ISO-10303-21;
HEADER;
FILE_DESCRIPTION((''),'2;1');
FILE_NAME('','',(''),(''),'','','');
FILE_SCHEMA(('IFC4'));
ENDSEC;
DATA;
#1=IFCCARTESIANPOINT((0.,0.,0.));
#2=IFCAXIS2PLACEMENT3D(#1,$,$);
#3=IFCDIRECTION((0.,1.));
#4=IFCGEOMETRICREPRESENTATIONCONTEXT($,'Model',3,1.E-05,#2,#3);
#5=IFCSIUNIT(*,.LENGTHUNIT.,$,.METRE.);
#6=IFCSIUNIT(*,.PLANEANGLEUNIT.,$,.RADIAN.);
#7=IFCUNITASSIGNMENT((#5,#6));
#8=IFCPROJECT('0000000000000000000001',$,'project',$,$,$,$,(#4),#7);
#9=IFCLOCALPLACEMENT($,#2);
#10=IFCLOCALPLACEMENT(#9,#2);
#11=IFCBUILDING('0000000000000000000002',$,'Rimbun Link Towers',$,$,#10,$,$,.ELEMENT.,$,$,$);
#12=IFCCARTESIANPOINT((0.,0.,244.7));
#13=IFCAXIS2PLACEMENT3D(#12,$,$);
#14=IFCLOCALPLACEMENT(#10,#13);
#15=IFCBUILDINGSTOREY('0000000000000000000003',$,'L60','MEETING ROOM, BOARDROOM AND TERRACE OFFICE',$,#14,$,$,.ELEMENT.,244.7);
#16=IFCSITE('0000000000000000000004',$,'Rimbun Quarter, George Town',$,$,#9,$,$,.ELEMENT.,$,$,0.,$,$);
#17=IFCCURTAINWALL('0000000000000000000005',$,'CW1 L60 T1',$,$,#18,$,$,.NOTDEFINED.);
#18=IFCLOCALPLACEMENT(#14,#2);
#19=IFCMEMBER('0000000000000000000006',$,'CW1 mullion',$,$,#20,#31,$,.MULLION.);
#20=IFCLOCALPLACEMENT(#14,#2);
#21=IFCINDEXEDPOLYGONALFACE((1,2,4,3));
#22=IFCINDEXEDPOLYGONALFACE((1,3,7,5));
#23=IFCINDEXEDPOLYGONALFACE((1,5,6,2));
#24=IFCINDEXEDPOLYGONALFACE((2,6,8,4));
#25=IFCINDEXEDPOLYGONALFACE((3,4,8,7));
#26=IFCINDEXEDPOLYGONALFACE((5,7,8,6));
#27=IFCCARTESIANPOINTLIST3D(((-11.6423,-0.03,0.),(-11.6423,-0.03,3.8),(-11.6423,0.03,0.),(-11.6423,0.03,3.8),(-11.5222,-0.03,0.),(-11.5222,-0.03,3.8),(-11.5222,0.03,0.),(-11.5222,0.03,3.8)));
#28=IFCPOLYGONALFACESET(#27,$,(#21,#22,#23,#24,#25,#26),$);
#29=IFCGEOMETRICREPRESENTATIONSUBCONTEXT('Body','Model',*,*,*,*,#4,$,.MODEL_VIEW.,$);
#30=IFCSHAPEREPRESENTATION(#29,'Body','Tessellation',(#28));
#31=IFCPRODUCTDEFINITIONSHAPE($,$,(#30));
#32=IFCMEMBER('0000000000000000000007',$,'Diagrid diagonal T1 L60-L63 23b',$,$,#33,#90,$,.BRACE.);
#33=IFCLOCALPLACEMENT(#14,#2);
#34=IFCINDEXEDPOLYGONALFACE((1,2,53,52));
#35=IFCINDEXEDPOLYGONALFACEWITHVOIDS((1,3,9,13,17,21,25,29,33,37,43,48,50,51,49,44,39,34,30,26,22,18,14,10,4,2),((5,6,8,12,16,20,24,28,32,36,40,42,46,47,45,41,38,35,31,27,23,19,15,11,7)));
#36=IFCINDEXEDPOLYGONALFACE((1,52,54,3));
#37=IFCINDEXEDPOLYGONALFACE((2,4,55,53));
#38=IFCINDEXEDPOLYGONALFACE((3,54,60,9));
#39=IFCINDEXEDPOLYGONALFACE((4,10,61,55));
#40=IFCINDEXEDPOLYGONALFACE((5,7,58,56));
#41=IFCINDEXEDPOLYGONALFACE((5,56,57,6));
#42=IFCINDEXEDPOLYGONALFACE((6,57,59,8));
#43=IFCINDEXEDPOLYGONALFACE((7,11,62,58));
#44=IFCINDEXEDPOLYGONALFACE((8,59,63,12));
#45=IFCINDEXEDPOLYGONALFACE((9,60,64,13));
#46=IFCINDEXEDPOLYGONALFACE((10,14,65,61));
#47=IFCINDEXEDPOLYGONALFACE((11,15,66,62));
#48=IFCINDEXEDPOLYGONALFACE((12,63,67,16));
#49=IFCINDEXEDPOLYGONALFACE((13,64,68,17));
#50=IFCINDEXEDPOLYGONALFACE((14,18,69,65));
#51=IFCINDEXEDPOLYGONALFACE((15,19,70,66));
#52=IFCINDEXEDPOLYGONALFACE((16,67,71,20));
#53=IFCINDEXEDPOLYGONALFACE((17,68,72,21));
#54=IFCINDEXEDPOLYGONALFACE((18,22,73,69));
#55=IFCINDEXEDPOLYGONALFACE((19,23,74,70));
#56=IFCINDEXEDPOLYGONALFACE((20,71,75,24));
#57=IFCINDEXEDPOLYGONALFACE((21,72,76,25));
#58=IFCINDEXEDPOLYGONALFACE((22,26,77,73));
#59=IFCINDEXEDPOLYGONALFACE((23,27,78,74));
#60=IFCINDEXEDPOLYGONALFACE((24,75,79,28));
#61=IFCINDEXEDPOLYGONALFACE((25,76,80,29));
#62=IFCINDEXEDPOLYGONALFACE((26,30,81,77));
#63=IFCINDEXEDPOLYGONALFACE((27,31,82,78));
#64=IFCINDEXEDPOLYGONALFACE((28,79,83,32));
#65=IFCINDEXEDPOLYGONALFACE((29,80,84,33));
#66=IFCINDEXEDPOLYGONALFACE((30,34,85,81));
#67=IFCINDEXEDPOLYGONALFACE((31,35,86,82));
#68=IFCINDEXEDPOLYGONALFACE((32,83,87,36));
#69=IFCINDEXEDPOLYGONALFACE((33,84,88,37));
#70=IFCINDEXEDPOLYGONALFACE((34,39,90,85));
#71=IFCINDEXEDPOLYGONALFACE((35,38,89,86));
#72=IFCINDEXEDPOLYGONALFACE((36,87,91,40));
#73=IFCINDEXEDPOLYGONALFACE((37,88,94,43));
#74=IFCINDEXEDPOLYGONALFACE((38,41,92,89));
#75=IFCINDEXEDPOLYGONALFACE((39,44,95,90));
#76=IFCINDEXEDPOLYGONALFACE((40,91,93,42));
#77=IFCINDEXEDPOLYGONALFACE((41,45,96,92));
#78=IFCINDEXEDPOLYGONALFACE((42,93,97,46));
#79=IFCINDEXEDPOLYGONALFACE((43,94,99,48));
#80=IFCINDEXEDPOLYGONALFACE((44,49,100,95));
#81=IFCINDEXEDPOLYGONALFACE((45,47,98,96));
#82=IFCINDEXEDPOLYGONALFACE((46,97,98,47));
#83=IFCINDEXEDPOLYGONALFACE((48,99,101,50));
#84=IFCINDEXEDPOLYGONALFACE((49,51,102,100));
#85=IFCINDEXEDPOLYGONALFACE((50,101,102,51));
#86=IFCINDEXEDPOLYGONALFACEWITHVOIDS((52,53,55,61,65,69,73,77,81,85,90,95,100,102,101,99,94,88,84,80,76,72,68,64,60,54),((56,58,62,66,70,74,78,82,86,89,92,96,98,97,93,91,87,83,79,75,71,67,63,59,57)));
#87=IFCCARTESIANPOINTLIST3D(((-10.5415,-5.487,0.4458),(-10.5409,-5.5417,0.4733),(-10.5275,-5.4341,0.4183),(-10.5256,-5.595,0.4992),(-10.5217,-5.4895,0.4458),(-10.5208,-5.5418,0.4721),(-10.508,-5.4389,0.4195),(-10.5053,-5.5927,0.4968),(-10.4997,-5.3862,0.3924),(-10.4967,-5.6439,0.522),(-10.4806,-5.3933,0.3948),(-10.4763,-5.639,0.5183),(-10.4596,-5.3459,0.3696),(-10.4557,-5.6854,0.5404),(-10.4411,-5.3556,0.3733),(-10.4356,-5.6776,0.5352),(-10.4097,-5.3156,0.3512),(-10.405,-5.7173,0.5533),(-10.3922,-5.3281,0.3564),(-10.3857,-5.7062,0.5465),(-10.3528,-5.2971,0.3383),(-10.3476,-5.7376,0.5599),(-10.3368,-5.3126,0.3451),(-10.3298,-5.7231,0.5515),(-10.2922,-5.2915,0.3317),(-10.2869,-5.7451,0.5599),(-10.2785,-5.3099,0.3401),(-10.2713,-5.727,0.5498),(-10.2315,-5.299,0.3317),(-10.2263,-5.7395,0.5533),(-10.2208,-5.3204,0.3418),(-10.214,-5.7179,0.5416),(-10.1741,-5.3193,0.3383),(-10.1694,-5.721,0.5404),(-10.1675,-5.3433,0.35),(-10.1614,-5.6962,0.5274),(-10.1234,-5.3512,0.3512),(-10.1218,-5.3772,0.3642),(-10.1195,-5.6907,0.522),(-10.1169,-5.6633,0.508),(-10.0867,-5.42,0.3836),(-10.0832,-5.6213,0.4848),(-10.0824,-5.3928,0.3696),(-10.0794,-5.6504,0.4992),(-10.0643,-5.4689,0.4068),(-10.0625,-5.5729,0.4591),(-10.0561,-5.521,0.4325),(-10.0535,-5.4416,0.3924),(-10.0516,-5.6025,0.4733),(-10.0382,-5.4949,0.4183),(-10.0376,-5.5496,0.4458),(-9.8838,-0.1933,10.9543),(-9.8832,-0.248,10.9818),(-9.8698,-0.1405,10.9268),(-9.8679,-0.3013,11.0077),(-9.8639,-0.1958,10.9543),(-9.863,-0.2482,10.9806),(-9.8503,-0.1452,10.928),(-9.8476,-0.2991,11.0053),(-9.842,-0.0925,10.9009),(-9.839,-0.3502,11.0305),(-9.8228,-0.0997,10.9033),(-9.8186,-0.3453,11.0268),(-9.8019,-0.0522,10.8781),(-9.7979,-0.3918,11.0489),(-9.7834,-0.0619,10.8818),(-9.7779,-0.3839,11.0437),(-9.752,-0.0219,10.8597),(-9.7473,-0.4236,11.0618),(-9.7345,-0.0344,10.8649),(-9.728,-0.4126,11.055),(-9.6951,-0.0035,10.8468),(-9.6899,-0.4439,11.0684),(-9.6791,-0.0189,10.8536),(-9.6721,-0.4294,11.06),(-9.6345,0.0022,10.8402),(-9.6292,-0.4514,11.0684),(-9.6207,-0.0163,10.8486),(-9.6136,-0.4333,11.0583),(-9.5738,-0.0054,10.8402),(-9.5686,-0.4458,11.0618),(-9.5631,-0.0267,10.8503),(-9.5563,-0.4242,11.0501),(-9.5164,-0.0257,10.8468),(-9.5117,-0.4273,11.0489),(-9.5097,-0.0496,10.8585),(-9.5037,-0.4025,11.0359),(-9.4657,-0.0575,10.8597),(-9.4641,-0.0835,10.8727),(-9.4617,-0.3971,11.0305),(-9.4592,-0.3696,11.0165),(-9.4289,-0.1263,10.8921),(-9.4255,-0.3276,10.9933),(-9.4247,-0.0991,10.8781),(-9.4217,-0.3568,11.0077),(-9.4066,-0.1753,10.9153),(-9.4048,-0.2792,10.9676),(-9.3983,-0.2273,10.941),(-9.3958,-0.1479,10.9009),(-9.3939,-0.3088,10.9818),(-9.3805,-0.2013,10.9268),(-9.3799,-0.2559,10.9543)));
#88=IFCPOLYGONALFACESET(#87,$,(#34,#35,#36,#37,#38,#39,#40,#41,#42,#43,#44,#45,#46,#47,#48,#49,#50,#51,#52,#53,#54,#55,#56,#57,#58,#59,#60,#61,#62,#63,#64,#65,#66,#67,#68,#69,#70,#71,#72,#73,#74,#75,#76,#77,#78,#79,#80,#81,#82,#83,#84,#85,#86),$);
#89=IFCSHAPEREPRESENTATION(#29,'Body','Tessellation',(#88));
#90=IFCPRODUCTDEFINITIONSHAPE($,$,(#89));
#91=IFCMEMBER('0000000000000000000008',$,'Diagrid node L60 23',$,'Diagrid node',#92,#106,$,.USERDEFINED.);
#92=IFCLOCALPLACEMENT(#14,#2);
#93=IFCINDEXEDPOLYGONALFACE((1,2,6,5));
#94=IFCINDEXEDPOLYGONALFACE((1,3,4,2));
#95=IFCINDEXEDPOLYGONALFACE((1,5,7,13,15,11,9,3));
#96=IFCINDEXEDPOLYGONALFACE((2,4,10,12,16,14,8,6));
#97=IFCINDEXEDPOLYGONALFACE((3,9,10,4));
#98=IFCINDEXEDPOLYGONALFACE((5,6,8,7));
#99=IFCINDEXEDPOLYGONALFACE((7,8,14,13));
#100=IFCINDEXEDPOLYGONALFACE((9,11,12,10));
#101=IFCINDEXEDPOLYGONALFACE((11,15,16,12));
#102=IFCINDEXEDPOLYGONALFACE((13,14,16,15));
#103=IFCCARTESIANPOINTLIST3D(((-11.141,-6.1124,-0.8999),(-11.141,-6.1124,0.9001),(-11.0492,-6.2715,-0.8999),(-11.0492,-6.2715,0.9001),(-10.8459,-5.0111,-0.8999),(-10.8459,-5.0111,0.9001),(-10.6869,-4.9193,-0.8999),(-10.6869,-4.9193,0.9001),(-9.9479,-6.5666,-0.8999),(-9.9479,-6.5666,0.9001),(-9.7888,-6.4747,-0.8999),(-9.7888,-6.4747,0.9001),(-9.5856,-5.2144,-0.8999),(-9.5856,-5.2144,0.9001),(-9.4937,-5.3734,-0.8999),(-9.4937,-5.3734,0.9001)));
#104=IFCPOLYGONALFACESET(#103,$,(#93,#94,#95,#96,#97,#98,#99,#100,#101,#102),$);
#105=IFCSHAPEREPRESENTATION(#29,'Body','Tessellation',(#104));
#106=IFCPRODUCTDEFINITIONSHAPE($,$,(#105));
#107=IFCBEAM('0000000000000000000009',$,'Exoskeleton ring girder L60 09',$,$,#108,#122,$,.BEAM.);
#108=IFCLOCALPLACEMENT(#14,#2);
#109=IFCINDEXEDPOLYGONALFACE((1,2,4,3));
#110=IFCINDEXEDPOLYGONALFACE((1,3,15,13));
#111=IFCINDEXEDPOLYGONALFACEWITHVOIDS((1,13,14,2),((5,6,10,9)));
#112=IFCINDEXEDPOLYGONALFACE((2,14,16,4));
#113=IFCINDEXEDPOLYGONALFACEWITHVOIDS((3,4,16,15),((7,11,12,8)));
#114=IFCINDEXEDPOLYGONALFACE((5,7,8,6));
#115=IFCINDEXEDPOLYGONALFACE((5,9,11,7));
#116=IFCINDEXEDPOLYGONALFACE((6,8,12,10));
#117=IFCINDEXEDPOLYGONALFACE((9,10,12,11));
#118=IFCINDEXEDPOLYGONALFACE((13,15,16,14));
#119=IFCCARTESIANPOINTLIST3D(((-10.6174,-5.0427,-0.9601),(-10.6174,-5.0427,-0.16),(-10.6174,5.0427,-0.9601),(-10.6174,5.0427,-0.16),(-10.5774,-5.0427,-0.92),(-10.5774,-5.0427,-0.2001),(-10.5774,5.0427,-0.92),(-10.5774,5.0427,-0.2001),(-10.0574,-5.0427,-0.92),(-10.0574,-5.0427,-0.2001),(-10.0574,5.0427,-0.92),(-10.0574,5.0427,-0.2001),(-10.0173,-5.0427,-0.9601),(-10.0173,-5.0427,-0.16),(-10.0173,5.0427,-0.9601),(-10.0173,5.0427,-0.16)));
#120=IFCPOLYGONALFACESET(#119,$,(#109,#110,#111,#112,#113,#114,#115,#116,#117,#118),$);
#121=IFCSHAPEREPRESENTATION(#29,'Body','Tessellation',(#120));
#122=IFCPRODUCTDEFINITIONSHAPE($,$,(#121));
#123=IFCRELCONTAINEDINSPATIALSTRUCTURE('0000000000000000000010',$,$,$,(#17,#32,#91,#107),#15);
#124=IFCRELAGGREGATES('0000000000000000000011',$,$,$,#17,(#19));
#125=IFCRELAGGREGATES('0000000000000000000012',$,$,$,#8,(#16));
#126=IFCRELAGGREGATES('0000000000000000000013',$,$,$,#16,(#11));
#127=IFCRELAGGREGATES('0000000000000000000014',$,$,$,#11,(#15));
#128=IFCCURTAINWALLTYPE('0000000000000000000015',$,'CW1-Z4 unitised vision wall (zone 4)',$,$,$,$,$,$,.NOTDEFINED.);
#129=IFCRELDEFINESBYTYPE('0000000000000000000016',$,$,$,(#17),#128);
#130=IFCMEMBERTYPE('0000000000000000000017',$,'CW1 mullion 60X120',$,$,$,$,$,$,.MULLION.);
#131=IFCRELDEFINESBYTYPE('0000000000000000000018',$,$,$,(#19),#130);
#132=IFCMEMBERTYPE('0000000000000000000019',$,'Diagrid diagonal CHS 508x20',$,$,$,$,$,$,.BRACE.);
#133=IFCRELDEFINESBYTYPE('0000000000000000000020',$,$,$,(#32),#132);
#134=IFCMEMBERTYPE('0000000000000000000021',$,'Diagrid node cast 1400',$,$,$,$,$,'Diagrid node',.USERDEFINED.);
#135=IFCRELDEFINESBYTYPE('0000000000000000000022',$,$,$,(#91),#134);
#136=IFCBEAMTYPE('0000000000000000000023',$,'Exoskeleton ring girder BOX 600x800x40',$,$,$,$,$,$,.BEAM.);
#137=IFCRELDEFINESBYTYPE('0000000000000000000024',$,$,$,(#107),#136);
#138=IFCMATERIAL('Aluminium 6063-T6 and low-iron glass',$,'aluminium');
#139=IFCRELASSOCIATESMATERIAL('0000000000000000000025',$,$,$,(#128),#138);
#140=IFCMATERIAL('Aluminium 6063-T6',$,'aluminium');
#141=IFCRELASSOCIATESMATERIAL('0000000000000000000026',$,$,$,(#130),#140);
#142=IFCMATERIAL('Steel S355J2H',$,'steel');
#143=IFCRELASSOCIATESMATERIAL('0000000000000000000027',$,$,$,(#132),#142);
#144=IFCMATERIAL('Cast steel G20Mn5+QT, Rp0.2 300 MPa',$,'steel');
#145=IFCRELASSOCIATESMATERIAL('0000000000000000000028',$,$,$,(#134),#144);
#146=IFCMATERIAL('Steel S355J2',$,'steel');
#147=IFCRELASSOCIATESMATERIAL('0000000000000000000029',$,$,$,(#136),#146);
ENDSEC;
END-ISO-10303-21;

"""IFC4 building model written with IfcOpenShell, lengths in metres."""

from ifc_helpers import new_model, si_unit, direction, frame, origin, origin_2d, place, context, subcontext, project, spatial, polyline, rectangle, hollow_rectangle, hollow_circle, outline, extrude, material, material_profile, profile_set, type_object, element, aggregate, save


model = new_model("IFC4")

# Units and contexts
model_context = context("Model", 3, precision=1e-05, world=origin(), true_north=direction((0.0, 1.0)))
body_context = subcontext(model_context, "Body", "Model", "MODEL_VIEW")
ifc_project = project(units=[si_unit("LENGTHUNIT", "METRE"), si_unit("PLANEANGLEUNIT", "RADIAN")], contexts=[model_context])

# Site, building, storey
site_placement = place(None, origin())
site = spatial("IfcSite", under=ifc_project, at=site_placement, Name="Rimbun Quarter, George Town", CompositionType="ELEMENT", RefElevation=0.0)
building_placement = place(site_placement, origin())
building = spatial("IfcBuilding", under=site, at=building_placement, Name="Rimbun Link Towers", CompositionType="ELEMENT")
storey_placement = place(building_placement, frame((0.0, 0.0, 244.7)))
storey = spatial("IfcBuildingStorey", under=building, at=storey_placement, Name="L60", Description="MEETING ROOM, BOARDROOM AND TERRACE OFFICE", CompositionType="ELEMENT", Elevation=244.7)

# Curtain wall, member
ifc_material_1 = material(Name="Aluminium 6063-T6 and low-iron glass", Category="aluminium")
curtain_wall_type = type_object("IfcCurtainWallType", Name="CW1-Z4 unitised vision wall (zone 4)", PredefinedType="NOTDEFINED", material=ifc_material_1)
curtain_wall_placement = place(storey_placement, origin())
curtain_wall = element("IfcCurtainWall", 1, at=curtain_wall_placement, inside=storey, type_object=curtain_wall_type, Name="CW1 L60 T1", PredefinedType="NOTDEFINED")
ifc_material_2 = material(Name="Aluminium 6063-T6", Category="aluminium")
ifc_material_profile_1 = material_profile(ifc_material_2, rectangle(XDim=0.1201, YDim=0.0601, at=origin_2d()), Name="MULLION 60X120")
ifc_profile_set_1 = profile_set([ifc_material_profile_1], Name="Aluminium 6063-T6")
member_type_1 = type_object("IfcMemberType", Name="CW1 mullion 60X120", PredefinedType="MULLION", material=ifc_profile_set_1)
member_1_placement = place(storey_placement, frame((-11.5823, 0.0, 0.0), z_axis=(0.0, 0.0, 1.0), x_axis=(1.0, 0.0, 0.0)))
member_1 = element("IfcMember", 2, at=member_1_placement, type_object=member_type_1, Name="CW1 mullion", PredefinedType="MULLION", context=body_context, shape_type="SweptSolid", body=[
    extrude(rectangle(XDim=0.1201, YDim=0.0601, at=origin_2d()), origin(), (0.0, 0.0, 1.0), 3.8),
])
aggregate(curtain_wall, [member_1])

# Members
ifc_material_3 = material(Name="Steel S355J2H", Category="steel")
ifc_material_profile_2 = material_profile(ifc_material_3, hollow_circle(Radius=0.2539, WallThickness=0.02, at=origin_2d()), Name="Diagrid diagonal CHS 508x20")
ifc_profile_set_2 = profile_set([ifc_material_profile_2], Name="Steel S355J2H")
member_type_2 = type_object("IfcMemberType", Name="Diagrid diagonal CHS 508x20", PredefinedType="BRACE", material=ifc_profile_set_2)
member_2_placement = place(storey_placement, frame((-10.2896, -5.5183, 0.4458), z_axis=(0.05581, 0.449191, 0.891691), x_axis=(-0.99237, 0.123297, 0.0)))
element("IfcMember", 3, at=member_2_placement, inside=storey, type_object=member_type_2, Name="Diagrid diagonal T1 L60-L63 23b", PredefinedType="BRACE", context=body_context, shape_type="SweptSolid", body=[
    extrude(hollow_circle(Radius=0.2539, WallThickness=0.02, at=origin_2d()), origin(), (0.0, 0.0, 1.0), 11.7849),
])
ifc_material_4 = material(Name="Cast steel G20Mn5+QT, Rp0.2 300 MPa", Category="steel")
ifc_material_profile_3 = material_profile(ifc_material_4, outline(polyline([(0.7, -0.5701), (0.7, 0.5701), (0.5701, 0.7), (-0.5701, 0.7), (-0.7, 0.5701), (-0.7, -0.5701), (-0.5701, -0.7), (0.5701, -0.7), (0.7, -0.5701)])), Name="NODE 1400x1400")
ifc_profile_set_3 = profile_set([ifc_material_profile_3], Name="Cast steel G20Mn5+QT, Rp0.2 300 MPa")
member_type_3 = type_object("IfcMemberType", Name="Diagrid node cast 1400", ElementType="Diagrid node", PredefinedType="USERDEFINED", material=ifc_profile_set_3)
member_3_placement = place(storey_placement, frame((-10.3174, -5.7429, -0.8999), z_axis=(0.0, 0.0, 1.0), x_axis=(0.965926, -0.258819, 0.0)))
element("IfcMember", 4, at=member_3_placement, inside=storey, type_object=member_type_3, Name="Diagrid node L60 23", ObjectType="Diagrid node", PredefinedType="USERDEFINED", context=body_context, shape_type="SweptSolid", body=[
    extrude(outline(polyline([(0.7, -0.5701), (0.7, 0.5701), (0.5701, 0.7), (-0.5701, 0.7), (-0.7, 0.5701), (-0.7, -0.5701), (-0.5701, -0.7), (0.5701, -0.7), (0.7, -0.5701)])), origin(), (0.0, 0.0, 1.0), 1.8),
])

# Beam
ifc_material_5 = material(Name="Steel S355J2", Category="steel")
ifc_material_profile_4 = material_profile(ifc_material_5, hollow_rectangle(XDim=0.6001, YDim=0.8, WallThickness=0.04, at=origin_2d()), Name="Exoskeleton ring girder BOX 600x800x40")
ifc_profile_set_4 = profile_set([ifc_material_profile_4], Name="Steel S355J2")
beam_type = type_object("IfcBeamType", Name="Exoskeleton ring girder BOX 600x800x40", PredefinedType="BEAM", material=ifc_profile_set_4)
beam_placement = place(storey_placement, frame((-10.3174, -5.0427, -0.5601), z_axis=(0.0, 1.0, 0.0), x_axis=(-1.0, 0.0, 0.0)))
element("IfcBeam", 5, at=beam_placement, inside=storey, type_object=beam_type, Name="Exoskeleton ring girder L60 09", PredefinedType="BEAM", context=body_context, shape_type="SweptSolid", body=[
    extrude(hollow_rectangle(XDim=0.6001, YDim=0.8, WallThickness=0.04, at=origin_2d()), origin(), (0.0, 0.0, 1.0), 10.0854),
])

save(model, "model.ifc")
